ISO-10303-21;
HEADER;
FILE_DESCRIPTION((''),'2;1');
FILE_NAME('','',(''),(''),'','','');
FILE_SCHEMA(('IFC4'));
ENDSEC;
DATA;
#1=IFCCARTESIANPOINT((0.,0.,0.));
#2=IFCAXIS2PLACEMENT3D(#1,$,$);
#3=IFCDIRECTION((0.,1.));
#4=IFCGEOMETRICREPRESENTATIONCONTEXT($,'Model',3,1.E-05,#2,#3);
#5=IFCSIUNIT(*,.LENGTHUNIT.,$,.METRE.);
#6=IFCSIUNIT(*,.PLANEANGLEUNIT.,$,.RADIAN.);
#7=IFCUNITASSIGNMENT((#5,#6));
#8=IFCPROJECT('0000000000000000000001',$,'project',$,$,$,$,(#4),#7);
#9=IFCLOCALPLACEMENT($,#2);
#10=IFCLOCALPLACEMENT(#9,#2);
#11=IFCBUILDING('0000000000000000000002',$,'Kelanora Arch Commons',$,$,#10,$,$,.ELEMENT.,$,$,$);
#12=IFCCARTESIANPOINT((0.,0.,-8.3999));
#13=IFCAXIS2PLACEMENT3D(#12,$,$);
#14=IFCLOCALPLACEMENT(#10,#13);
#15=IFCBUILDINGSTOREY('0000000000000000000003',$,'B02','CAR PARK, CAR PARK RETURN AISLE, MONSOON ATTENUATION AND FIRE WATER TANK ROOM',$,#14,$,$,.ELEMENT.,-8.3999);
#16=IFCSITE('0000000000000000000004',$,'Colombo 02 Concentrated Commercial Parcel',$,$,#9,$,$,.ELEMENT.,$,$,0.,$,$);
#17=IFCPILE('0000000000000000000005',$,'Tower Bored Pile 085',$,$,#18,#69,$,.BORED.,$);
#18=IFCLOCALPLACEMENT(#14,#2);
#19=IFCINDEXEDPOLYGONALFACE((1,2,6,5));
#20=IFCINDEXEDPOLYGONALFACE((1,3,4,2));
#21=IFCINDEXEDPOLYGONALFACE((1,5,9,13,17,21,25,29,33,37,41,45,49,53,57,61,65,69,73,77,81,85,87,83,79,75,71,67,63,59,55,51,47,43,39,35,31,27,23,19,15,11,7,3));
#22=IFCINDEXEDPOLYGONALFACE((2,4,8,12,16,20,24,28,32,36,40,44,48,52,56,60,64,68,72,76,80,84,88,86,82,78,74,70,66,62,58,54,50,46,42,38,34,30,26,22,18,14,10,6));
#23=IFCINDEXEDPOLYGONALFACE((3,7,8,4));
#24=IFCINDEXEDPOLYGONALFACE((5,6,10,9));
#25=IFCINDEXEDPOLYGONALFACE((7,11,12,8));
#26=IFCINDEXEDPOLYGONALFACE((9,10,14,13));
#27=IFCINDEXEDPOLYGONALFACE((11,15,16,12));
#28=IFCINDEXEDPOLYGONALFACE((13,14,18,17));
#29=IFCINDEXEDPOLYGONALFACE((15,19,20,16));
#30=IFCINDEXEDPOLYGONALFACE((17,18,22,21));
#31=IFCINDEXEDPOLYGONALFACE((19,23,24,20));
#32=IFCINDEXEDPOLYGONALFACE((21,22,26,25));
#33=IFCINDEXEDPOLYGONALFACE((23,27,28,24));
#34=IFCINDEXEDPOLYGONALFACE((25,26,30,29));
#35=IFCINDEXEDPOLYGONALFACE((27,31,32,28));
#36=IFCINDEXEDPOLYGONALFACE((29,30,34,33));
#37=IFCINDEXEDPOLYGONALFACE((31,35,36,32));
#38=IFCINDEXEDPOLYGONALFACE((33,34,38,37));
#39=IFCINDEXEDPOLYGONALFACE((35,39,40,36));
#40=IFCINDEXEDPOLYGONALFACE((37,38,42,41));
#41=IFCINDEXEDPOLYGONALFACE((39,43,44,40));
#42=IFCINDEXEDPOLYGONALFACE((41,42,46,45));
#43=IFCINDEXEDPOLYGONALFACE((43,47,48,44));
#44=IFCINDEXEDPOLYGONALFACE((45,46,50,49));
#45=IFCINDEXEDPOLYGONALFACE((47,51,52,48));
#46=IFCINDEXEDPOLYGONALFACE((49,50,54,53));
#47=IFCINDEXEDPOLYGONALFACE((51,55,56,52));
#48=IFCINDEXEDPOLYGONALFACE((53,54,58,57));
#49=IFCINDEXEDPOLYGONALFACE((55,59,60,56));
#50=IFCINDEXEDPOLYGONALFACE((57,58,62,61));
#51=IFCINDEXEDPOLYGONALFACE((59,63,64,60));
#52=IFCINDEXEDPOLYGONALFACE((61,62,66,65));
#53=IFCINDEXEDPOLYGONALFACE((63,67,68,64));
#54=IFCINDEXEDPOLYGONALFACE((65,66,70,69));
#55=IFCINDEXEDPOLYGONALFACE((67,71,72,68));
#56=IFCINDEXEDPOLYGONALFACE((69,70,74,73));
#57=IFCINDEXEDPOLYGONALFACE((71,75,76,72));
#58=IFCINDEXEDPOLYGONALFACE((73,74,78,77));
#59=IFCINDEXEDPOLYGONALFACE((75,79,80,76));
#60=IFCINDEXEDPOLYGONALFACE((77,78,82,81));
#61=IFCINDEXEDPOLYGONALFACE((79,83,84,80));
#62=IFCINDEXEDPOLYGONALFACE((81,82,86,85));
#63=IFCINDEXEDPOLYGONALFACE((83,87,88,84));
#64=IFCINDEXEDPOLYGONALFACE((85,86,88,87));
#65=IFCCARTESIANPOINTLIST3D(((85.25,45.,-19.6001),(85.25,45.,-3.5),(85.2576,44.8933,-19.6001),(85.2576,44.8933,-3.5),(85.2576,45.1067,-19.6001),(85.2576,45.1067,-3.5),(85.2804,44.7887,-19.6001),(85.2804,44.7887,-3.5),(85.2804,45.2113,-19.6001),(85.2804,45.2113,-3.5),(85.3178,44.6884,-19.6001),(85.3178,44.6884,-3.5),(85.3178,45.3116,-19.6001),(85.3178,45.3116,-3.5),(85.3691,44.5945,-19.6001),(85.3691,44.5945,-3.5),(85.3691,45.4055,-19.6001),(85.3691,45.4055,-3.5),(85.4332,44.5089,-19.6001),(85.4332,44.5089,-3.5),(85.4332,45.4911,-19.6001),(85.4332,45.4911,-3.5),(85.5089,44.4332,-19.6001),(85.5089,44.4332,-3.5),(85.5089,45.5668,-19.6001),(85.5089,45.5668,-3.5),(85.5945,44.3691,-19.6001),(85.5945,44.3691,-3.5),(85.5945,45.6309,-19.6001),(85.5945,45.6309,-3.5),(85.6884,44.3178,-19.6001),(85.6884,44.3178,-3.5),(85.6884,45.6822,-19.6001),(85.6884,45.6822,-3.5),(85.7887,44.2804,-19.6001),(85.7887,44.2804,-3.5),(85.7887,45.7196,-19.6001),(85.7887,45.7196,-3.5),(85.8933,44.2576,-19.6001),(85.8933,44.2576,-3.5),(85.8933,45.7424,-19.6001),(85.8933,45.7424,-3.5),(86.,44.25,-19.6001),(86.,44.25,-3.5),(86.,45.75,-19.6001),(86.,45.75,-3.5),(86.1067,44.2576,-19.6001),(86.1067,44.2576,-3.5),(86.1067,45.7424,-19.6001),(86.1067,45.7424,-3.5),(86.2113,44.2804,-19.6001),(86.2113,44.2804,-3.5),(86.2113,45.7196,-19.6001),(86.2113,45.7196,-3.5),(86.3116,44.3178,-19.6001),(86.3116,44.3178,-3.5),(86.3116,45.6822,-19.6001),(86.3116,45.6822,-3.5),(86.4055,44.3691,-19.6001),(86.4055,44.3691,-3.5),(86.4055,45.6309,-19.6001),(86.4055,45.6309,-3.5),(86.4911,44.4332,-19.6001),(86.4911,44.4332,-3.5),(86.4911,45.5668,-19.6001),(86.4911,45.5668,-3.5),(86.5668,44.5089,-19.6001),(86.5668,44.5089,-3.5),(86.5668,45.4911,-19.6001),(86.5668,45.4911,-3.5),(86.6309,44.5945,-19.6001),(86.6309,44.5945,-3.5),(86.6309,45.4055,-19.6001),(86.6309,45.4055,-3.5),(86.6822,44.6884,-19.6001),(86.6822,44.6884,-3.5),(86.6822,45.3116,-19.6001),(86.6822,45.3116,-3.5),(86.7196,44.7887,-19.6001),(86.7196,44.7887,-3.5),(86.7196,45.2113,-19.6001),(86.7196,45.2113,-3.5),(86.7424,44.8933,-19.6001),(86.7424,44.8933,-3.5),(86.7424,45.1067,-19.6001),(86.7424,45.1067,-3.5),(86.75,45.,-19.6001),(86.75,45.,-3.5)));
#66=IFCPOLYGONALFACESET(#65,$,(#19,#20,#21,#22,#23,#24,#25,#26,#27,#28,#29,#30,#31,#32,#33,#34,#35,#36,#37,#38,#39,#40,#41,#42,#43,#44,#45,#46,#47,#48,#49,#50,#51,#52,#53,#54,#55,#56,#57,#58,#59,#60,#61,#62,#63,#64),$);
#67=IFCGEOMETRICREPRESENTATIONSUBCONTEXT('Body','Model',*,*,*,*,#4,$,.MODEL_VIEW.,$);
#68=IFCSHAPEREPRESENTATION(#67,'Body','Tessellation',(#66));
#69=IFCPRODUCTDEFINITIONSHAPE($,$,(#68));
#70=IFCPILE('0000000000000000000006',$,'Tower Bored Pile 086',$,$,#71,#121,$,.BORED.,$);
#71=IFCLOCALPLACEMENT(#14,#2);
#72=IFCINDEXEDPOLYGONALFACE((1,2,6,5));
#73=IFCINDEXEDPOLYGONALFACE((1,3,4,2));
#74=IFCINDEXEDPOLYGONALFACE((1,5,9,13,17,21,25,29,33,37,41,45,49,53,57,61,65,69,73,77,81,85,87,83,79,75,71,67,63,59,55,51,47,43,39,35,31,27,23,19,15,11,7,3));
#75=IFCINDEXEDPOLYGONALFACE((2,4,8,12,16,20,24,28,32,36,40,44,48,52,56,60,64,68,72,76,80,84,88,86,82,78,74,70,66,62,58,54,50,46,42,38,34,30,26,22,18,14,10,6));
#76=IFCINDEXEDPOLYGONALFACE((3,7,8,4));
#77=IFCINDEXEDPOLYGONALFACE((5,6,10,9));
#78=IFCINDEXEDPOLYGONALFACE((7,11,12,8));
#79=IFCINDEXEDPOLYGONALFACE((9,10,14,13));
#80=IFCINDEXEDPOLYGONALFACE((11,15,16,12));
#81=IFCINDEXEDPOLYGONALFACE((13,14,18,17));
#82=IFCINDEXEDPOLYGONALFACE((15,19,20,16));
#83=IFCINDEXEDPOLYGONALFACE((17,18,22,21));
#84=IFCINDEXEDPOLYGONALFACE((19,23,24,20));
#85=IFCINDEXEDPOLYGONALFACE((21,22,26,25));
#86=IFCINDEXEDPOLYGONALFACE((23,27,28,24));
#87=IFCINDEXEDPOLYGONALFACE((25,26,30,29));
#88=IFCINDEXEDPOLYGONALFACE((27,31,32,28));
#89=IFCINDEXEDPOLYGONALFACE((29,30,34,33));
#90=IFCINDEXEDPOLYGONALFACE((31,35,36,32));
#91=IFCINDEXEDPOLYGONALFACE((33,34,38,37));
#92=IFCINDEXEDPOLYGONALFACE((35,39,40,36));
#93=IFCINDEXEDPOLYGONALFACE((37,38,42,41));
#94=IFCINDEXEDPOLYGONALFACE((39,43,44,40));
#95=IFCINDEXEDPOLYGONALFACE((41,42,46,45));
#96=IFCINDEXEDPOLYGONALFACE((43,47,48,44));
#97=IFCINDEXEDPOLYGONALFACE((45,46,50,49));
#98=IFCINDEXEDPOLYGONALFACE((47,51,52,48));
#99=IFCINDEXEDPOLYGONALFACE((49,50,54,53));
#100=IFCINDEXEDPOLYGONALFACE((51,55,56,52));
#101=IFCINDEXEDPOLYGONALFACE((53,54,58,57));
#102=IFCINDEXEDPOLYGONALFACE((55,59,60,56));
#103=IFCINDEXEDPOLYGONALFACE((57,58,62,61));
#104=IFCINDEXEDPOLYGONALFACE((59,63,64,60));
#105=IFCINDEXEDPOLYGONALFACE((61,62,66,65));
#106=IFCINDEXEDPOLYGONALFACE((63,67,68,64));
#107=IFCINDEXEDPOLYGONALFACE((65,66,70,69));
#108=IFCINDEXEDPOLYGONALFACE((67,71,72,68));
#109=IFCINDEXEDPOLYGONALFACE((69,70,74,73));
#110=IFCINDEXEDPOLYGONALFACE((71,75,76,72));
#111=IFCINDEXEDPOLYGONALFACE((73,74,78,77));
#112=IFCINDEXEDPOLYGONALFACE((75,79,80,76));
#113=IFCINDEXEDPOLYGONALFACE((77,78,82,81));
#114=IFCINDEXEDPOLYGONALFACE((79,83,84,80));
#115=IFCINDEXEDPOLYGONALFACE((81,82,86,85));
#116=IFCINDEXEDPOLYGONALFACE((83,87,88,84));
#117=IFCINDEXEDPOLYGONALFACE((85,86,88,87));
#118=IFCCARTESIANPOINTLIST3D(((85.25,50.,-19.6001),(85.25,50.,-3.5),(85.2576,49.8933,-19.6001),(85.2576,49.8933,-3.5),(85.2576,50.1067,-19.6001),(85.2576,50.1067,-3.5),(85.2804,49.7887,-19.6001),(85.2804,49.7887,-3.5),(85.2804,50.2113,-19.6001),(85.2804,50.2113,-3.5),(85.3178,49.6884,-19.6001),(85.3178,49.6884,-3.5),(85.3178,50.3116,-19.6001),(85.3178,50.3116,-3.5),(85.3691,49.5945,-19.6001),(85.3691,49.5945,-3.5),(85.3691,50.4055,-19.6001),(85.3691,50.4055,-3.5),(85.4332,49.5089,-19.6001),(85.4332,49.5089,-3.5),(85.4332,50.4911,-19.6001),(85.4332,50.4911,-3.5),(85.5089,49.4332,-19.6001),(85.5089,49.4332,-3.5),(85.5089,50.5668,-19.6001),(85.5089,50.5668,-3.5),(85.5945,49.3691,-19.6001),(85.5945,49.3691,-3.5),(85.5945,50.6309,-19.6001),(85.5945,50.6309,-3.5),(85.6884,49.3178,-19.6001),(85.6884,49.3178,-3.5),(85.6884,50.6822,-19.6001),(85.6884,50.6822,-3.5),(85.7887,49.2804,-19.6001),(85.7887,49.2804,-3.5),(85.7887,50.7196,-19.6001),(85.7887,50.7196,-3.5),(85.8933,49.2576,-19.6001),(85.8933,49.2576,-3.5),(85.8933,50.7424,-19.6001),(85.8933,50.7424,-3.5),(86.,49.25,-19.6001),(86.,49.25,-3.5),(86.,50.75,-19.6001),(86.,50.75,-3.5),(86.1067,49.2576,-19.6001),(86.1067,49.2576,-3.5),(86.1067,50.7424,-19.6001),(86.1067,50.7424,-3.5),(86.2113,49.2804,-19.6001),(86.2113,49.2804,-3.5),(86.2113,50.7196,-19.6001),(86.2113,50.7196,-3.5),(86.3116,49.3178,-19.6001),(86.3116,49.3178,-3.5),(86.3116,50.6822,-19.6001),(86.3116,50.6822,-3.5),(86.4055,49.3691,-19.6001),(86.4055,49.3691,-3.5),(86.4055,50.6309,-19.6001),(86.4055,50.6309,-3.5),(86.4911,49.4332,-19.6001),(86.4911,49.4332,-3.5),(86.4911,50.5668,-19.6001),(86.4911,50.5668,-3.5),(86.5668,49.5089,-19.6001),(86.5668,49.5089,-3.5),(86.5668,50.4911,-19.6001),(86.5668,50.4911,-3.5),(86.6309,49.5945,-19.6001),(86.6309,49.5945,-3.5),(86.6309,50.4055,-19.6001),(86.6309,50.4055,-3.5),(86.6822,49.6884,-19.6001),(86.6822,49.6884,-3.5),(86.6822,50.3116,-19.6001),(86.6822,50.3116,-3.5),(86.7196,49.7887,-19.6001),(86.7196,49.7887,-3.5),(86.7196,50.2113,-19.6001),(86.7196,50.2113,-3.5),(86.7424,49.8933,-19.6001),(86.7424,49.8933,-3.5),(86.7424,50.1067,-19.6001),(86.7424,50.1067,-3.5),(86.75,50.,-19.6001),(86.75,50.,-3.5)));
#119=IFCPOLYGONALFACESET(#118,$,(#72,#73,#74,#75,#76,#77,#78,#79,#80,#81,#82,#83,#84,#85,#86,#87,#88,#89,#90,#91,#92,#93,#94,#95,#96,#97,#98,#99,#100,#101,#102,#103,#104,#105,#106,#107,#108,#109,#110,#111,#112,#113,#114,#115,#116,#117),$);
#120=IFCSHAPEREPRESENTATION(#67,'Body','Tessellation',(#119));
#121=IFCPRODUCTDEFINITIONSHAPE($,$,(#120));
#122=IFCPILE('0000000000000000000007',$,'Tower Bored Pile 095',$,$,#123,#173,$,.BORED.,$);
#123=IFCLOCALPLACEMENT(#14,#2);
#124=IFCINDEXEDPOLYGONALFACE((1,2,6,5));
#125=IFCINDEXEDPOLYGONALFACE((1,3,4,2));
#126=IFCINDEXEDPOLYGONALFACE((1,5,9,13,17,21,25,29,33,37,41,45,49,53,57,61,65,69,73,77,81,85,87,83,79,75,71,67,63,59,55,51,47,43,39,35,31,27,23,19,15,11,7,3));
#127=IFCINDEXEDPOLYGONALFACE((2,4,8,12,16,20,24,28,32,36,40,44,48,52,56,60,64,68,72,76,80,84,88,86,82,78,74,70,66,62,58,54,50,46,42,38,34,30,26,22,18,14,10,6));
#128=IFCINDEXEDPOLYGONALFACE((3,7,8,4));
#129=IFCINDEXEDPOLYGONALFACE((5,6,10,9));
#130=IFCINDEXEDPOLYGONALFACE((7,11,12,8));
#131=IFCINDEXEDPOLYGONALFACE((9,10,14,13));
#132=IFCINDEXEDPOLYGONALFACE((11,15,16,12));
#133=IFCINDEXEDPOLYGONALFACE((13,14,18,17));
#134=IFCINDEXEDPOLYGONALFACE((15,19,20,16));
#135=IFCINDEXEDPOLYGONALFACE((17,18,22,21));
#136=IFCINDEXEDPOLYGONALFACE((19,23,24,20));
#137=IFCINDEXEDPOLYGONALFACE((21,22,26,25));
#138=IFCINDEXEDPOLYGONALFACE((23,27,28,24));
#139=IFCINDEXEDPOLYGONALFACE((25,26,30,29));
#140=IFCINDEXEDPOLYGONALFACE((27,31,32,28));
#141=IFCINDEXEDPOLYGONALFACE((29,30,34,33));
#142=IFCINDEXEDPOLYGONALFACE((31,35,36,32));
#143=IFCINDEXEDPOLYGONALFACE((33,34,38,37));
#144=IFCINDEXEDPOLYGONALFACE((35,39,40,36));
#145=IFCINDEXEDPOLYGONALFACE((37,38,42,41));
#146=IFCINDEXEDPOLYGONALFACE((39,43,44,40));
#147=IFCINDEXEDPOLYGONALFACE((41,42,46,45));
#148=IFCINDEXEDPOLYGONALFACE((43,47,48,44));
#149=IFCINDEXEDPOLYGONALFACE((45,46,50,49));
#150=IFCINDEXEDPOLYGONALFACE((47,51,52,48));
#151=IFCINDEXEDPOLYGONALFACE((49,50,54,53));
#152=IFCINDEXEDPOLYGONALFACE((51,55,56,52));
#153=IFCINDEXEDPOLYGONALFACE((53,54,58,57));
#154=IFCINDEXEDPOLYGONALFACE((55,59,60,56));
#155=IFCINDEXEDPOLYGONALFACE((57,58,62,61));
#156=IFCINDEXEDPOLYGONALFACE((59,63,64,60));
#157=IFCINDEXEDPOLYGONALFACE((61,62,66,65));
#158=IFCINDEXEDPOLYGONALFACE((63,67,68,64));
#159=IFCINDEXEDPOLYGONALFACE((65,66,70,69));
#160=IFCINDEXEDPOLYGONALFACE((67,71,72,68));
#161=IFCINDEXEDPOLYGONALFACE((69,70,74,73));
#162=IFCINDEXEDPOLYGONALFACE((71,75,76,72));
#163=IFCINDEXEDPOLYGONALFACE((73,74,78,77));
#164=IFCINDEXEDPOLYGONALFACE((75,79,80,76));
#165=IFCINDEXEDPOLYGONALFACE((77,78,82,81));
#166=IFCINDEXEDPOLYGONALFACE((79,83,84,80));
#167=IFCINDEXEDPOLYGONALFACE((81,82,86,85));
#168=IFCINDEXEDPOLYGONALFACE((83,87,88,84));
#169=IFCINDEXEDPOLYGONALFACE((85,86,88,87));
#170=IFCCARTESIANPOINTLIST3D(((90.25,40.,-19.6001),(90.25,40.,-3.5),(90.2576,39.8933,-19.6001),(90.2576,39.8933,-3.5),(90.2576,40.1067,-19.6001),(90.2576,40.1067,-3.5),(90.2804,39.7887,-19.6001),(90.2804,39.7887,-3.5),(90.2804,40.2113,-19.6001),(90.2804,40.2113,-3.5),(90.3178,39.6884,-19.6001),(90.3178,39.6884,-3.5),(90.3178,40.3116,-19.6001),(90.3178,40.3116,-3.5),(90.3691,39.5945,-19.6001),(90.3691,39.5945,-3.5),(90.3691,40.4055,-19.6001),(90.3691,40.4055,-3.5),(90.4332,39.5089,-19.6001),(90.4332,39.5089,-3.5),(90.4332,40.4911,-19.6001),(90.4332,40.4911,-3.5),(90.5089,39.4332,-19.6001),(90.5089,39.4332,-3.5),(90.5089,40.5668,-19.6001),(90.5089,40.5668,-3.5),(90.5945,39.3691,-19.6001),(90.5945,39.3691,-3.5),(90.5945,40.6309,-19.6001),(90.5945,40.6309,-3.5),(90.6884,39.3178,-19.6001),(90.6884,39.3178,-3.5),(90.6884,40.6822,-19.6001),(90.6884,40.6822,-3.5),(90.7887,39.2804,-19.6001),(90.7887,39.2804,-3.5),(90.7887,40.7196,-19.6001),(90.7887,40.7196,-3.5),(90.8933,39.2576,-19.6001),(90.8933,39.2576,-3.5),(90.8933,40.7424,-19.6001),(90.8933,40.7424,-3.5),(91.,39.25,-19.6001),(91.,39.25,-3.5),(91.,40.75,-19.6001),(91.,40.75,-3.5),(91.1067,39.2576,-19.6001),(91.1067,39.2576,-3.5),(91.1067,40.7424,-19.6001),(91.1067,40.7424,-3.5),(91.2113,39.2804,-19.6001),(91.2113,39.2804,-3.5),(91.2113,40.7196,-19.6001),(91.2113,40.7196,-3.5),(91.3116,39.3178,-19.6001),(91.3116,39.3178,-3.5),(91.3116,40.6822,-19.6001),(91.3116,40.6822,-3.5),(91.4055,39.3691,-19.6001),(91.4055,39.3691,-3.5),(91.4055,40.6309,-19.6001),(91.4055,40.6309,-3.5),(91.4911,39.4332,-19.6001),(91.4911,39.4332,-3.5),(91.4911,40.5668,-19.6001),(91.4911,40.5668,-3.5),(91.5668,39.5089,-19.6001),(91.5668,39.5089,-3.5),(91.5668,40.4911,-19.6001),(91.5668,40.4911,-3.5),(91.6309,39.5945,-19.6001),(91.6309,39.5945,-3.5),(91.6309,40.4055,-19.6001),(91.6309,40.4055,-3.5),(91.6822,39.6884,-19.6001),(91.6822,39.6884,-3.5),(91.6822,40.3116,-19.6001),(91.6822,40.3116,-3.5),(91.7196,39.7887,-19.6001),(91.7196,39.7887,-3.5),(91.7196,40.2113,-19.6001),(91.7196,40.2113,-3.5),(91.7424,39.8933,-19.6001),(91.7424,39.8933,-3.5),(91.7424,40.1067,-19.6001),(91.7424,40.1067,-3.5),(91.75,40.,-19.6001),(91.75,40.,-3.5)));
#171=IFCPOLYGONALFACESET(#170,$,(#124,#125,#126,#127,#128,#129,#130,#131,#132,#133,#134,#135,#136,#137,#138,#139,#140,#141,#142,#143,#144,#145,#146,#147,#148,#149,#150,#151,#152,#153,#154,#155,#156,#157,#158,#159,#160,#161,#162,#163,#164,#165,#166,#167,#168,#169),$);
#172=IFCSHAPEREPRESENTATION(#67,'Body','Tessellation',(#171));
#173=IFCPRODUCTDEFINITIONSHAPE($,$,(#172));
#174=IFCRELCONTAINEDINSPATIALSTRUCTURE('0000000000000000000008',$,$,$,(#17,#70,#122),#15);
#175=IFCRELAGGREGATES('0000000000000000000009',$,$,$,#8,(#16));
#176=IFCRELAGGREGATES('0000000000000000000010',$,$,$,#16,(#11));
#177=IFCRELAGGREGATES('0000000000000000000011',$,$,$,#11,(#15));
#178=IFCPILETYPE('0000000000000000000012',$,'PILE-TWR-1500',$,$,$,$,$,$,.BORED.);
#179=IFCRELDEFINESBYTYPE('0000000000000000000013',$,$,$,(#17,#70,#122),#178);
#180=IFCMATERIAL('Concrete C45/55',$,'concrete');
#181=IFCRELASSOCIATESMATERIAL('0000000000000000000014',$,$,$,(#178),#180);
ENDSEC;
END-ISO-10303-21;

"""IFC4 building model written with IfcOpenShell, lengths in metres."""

from ifc_helpers import new_model, si_unit, direction, frame, origin, origin_2d, place, context, subcontext, project, spatial, circle, extrude, source, transform, mapped, material, material_profile, profile_set, type_object, element, save


model = new_model("IFC4")

# Units and contexts
model_context = context("Model", 3, precision=1e-05, world=origin(), true_north=direction((0.0, 1.0)))
body_context = subcontext(model_context, "Body", "Model", "MODEL_VIEW")
ifc_project = project(units=[si_unit("LENGTHUNIT", "METRE"), si_unit("PLANEANGLEUNIT", "RADIAN")], contexts=[model_context])

# Site, building, storey
site_placement = place(None, origin())
site = spatial("IfcSite", under=ifc_project, at=site_placement, Name="Colombo 02 Concentrated Commercial Parcel", CompositionType="ELEMENT", RefElevation=0.0)
building_placement = place(site_placement, origin())
building = spatial("IfcBuilding", under=site, at=building_placement, Name="Kelanora Arch Commons", CompositionType="ELEMENT")
storey_placement = place(building_placement, frame((0.0, 0.0, -8.3999)))
storey = spatial("IfcBuildingStorey", under=building, at=storey_placement, Name="B02", Description="CAR PARK, CAR PARK RETURN AISLE, MONSOON ATTENUATION AND FIRE WATER TANK ROOM", CompositionType="ELEMENT", Elevation=-8.3999)

# Piles
ifc_material_1 = material(Name="Concrete C45/55", Category="concrete")
ifc_material_profile_1 = material_profile(ifc_material_1, circle(Radius=0.75, at=origin_2d()), Name="PILE1500")
ifc_profile_set_1 = profile_set([ifc_material_profile_1], Name="Concrete C45/55")
pile_type = type_object("IfcPileType", Name="PILE-TWR-1500", PredefinedType="BORED", material=ifc_profile_set_1)
shared_shape = source(origin(), body_context, "Body", "SweptSolid", [
    extrude(circle(Radius=0.75, at=origin_2d()), origin(), (0.0, 0.0, 1.0), 16.1001),
])
for number, where, z_axis, x_axis, name in (
    (1, (86.0, 45.0, -3.5), (0.0, 0.0, -1.0), (1.0, 0.0, 0.0), "Tower Bored Pile 085"),
    (2, (86.0, 50.0, -3.5), (0.0, 0.0, -1.0), (1.0, 0.0, 0.0), "Tower Bored Pile 086"),
    (3, (91.0, 40.0, -3.5), (0.0, 0.0, -1.0), (1.0, 0.0, 0.0), "Tower Bored Pile 095"),
):
    element("IfcPile", number, at=place(storey_placement, frame(where, z_axis=z_axis, x_axis=x_axis)), inside=storey, type_object=pile_type, Name=name, PredefinedType="BORED", context=body_context, shape_type="MappedRepresentation", body=[
        mapped(shared_shape, transform((0.0, 0.0, 0.0), scale=1.0)),
    ])

save(model, "model.ifc")
